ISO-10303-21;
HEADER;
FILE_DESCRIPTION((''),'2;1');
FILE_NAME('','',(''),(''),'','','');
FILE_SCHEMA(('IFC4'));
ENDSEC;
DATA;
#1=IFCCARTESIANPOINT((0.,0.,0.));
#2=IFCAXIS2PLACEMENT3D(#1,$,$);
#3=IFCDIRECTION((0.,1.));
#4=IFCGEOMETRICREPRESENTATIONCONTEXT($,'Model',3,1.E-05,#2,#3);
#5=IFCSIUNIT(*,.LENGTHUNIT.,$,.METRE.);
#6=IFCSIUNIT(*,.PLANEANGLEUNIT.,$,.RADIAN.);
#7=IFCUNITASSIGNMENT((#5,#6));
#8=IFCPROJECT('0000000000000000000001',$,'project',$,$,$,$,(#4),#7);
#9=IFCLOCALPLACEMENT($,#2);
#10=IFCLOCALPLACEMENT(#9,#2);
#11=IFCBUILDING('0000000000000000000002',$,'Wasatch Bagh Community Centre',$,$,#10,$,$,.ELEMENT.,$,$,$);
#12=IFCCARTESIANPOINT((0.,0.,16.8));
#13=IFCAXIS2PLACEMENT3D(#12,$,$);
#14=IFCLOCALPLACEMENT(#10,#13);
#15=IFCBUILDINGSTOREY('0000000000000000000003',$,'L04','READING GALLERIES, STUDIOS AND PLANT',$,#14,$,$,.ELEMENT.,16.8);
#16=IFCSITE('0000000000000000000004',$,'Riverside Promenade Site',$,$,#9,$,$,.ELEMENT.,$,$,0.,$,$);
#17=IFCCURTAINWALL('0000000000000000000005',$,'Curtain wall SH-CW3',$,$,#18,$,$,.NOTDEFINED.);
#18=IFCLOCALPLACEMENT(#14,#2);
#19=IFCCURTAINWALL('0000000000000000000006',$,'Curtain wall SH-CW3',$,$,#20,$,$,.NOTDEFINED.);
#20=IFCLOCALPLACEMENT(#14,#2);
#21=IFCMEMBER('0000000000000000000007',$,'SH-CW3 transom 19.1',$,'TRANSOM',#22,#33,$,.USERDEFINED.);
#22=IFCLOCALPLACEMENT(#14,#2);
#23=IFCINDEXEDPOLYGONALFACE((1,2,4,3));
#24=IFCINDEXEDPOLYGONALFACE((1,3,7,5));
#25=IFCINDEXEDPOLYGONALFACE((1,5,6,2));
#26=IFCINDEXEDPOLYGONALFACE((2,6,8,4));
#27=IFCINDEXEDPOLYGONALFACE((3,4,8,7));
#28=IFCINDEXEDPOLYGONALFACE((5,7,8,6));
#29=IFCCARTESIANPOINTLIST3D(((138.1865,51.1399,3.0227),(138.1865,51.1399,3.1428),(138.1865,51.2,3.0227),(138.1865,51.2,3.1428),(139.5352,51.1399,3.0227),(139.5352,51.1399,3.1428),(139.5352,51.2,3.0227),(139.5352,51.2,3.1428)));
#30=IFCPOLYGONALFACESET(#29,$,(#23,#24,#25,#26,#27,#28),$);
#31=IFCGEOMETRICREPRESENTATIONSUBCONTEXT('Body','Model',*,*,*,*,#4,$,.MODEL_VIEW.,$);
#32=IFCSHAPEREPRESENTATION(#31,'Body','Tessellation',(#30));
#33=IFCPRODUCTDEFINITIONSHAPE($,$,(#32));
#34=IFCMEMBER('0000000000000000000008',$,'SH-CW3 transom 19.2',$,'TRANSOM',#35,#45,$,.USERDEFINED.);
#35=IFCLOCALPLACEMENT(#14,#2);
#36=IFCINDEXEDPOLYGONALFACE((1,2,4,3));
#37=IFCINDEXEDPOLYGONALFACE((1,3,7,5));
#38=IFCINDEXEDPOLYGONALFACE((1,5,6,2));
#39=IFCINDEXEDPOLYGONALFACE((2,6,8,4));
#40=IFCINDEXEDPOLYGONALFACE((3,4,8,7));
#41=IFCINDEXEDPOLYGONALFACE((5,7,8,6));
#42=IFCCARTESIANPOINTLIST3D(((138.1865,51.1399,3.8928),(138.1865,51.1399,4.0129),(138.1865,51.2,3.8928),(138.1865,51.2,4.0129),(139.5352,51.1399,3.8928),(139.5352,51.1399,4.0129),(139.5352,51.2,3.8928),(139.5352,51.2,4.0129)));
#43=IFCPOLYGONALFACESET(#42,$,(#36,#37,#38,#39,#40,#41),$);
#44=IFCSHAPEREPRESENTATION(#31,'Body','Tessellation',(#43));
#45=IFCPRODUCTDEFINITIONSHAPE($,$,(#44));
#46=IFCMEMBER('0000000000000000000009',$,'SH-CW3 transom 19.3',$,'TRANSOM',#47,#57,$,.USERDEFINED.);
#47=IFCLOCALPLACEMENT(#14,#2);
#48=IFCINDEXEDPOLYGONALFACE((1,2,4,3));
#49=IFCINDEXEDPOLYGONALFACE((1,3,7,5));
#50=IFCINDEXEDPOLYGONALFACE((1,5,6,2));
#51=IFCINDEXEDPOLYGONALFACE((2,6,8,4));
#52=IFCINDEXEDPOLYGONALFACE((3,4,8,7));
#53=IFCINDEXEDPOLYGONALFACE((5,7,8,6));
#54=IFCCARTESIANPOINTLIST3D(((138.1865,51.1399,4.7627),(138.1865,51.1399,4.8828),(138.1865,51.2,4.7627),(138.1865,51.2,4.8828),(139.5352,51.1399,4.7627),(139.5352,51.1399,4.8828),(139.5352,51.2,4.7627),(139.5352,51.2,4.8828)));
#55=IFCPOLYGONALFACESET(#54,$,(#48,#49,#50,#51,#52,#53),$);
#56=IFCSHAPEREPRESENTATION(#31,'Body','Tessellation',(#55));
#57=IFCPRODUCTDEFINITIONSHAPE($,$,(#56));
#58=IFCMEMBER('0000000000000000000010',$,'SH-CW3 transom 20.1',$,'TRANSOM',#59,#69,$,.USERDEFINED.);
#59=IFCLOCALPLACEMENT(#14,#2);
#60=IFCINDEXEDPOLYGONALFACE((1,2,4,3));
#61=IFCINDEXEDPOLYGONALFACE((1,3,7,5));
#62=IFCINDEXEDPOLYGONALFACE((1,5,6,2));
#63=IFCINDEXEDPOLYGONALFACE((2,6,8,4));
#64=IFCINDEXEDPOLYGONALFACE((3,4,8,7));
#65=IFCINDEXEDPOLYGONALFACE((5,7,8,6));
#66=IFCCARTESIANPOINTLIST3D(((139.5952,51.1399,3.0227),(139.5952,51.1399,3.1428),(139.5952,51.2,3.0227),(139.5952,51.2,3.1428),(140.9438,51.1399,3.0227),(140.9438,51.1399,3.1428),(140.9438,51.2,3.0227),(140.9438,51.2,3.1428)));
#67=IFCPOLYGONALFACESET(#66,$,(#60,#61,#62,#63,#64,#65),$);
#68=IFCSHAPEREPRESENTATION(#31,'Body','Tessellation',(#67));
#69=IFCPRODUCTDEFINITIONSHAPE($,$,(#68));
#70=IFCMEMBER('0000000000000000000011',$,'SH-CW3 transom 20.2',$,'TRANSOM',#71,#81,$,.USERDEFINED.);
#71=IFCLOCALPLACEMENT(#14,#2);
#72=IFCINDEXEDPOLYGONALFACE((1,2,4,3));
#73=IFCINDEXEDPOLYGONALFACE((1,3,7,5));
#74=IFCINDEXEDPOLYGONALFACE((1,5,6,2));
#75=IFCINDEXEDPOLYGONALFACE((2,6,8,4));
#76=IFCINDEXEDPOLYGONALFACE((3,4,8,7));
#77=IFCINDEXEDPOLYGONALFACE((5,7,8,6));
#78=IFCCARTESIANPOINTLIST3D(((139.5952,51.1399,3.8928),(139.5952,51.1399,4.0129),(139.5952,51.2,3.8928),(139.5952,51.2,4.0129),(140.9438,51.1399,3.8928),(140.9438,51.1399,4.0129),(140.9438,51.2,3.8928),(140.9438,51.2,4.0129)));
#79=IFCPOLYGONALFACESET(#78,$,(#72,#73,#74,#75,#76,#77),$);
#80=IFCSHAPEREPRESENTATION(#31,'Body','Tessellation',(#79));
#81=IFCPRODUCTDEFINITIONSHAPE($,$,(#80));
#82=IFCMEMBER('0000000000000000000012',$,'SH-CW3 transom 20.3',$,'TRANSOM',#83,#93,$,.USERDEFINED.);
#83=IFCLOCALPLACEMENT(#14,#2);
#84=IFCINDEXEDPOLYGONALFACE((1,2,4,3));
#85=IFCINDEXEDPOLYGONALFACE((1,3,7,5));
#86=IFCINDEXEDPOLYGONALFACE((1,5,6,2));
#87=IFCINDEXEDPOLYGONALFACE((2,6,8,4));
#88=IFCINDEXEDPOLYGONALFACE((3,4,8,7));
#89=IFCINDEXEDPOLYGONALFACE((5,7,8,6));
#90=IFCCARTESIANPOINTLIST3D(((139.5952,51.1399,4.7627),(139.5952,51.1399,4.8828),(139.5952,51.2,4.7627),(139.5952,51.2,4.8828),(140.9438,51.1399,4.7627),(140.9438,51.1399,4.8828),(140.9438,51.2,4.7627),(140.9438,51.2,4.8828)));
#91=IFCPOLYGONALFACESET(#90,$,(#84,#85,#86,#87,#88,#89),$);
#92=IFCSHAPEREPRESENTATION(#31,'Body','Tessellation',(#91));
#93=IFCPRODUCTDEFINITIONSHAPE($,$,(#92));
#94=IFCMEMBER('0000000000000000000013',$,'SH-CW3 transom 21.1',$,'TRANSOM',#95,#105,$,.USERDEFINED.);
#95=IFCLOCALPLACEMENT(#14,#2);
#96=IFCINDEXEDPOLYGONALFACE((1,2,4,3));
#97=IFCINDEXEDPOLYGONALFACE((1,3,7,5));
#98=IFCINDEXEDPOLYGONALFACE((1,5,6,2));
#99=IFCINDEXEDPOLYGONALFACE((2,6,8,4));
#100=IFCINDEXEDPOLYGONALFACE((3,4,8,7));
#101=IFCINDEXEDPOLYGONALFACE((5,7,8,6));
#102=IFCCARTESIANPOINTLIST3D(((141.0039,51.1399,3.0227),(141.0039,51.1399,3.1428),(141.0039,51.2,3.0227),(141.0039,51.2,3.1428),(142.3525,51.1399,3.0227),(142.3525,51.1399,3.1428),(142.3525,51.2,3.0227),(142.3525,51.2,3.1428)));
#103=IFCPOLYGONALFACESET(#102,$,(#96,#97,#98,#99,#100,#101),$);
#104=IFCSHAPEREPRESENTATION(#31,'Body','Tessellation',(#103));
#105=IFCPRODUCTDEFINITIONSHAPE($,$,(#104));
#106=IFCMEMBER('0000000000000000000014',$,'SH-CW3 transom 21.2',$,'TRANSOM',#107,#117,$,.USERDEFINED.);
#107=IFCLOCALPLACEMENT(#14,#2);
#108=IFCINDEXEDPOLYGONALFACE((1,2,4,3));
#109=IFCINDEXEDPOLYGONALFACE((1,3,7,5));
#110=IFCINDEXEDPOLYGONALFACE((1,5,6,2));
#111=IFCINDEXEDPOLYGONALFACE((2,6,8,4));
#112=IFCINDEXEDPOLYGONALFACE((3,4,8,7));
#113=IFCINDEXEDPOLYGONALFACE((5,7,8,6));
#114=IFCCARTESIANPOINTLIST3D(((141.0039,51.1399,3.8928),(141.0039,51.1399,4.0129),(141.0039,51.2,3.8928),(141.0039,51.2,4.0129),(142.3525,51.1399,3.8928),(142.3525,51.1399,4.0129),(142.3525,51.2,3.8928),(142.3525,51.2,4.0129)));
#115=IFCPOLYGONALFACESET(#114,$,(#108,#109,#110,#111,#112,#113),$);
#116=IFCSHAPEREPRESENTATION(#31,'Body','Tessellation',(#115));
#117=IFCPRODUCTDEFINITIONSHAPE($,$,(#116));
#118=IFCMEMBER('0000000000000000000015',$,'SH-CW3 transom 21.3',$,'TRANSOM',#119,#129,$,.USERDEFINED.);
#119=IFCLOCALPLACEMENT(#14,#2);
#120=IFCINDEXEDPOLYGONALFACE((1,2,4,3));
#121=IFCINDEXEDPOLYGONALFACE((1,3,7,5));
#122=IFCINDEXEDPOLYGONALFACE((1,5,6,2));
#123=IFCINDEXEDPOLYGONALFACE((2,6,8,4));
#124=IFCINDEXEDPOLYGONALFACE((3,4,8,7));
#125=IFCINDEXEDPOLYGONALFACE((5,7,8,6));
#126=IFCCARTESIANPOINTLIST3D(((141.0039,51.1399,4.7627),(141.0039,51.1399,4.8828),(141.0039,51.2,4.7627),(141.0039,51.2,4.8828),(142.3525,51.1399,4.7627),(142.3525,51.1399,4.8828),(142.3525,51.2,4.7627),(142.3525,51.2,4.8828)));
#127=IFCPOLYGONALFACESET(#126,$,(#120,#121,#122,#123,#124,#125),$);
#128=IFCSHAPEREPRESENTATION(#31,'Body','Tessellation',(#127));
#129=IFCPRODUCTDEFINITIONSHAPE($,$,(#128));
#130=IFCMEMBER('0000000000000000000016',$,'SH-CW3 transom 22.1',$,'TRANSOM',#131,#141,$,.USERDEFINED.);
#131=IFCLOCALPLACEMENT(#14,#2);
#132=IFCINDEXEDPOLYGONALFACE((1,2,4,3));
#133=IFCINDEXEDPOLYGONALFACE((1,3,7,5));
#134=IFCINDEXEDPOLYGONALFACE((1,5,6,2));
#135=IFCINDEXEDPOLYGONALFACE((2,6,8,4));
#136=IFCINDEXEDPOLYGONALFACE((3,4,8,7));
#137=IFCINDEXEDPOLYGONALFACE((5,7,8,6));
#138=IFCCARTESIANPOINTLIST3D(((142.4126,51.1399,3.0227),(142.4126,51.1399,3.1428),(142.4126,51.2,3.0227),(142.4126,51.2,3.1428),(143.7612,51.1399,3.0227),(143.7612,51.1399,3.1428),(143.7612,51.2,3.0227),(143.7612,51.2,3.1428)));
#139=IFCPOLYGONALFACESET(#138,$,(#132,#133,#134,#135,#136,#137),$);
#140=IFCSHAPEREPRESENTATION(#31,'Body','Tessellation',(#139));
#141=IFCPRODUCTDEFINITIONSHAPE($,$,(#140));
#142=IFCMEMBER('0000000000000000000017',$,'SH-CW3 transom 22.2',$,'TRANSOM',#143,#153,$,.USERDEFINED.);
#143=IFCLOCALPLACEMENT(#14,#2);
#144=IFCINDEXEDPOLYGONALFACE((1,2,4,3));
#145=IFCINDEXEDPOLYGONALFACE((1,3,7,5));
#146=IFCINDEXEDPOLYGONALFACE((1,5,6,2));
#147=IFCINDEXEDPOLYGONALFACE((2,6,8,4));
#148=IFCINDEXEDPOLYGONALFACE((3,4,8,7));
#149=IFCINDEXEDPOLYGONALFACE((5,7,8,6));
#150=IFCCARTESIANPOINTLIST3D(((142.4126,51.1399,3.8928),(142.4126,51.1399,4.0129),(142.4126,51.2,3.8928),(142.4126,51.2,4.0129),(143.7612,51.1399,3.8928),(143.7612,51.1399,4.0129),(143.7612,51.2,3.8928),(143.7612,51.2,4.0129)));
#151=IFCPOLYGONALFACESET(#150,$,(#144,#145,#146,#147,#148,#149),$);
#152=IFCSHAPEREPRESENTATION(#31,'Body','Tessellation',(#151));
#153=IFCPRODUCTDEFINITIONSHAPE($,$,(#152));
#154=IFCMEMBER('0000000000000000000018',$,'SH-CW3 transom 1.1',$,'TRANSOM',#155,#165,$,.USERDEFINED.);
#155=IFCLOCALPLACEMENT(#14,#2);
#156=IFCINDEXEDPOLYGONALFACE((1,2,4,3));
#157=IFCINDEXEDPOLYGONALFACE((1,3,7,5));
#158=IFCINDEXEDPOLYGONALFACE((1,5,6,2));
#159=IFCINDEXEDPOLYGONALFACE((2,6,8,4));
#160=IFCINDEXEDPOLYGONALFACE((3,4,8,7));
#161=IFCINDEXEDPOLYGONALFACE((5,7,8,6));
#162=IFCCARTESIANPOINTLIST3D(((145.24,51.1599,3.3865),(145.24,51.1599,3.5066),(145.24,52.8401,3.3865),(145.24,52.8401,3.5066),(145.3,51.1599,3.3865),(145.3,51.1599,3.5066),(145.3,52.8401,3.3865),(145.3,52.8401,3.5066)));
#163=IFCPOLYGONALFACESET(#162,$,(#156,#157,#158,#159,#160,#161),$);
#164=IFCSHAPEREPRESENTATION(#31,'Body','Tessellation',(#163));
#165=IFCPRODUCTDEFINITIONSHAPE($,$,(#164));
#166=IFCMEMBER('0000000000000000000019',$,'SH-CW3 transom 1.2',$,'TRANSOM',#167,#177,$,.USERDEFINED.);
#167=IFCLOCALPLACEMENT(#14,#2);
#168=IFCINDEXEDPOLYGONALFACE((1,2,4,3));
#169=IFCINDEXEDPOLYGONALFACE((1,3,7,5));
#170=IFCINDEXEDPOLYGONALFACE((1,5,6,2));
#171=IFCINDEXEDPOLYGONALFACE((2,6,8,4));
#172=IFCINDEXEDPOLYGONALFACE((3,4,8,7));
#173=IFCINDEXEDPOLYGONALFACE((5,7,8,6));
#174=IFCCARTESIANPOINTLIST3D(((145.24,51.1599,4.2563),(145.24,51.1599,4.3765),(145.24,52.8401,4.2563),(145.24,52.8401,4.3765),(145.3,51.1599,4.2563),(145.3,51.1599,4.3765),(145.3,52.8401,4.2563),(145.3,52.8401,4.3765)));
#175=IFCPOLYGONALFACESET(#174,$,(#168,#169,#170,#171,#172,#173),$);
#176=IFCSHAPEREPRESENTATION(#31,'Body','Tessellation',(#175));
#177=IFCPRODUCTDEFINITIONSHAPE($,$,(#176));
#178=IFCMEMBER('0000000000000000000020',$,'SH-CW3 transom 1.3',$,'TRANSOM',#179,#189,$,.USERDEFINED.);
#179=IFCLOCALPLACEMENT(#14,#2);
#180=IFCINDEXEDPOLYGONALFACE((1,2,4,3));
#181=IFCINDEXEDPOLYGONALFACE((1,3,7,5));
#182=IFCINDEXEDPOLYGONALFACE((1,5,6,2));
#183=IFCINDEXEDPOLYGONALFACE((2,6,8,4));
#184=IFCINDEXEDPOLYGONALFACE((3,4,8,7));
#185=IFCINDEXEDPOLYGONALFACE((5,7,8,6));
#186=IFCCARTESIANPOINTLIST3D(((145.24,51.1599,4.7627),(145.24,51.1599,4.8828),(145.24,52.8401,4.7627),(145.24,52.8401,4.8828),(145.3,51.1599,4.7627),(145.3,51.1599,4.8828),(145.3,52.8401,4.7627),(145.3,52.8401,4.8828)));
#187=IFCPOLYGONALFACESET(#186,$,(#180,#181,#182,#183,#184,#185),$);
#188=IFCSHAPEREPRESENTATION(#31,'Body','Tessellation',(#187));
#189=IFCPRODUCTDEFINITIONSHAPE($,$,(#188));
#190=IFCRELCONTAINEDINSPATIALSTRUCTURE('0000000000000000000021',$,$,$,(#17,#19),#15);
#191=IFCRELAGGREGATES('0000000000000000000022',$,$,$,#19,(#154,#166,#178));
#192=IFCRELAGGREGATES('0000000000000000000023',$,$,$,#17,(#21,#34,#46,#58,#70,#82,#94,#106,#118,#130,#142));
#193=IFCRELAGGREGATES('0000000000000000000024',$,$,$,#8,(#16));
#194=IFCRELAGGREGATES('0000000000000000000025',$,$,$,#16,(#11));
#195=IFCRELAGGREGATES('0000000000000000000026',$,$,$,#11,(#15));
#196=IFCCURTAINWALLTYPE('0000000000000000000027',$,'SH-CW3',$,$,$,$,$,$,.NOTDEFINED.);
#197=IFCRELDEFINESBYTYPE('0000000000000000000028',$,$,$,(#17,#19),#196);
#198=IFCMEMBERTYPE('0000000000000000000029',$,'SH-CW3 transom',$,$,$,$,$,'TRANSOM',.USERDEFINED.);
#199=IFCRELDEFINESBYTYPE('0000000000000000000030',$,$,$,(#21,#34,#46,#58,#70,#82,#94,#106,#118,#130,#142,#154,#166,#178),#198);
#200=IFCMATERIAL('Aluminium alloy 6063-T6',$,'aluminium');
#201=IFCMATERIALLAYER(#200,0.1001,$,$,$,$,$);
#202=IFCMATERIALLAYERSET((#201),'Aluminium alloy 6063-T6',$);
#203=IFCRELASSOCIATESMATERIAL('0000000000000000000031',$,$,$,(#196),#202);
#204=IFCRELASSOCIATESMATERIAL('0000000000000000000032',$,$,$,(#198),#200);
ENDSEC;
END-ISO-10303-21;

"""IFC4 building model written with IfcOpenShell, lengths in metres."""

from ifc_helpers import new_model, si_unit, direction, frame, origin, origin_2d, place, context, subcontext, project, spatial, rectangle, extrude, material, layer, layer_set, material_profile, profile_set, type_object, element, aggregate, save


model = new_model("IFC4")

# Units and contexts
model_context = context("Model", 3, precision=1e-05, world=origin(), true_north=direction((0.0, 1.0)))
body_context = subcontext(model_context, "Body", "Model", "MODEL_VIEW")
ifc_project = project(units=[si_unit("LENGTHUNIT", "METRE"), si_unit("PLANEANGLEUNIT", "RADIAN")], contexts=[model_context])

# Site, building, storey
site_placement = place(None, origin())
site = spatial("IfcSite", under=ifc_project, at=site_placement, Name="Riverside Promenade Site", CompositionType="ELEMENT", RefElevation=0.0)
building_placement = place(site_placement, origin())
building = spatial("IfcBuilding", under=site, at=building_placement, Name="Wasatch Bagh Community Centre", CompositionType="ELEMENT")
storey_placement = place(building_placement, frame((0.0, 0.0, 16.8)))
storey = spatial("IfcBuildingStorey", under=building, at=storey_placement, Name="L04", Description="READING GALLERIES, STUDIOS AND PLANT", CompositionType="ELEMENT", Elevation=16.8)

# Curtain wall
ifc_material_1 = material(Name="Aluminium alloy 6063-T6", Category="aluminium")
ifc_layer_1 = layer(ifc_material_1, 0.1001)
ifc_layer_set_1 = layer_set([ifc_layer_1], Name="Aluminium alloy 6063-T6")
curtain_wall_type = type_object("IfcCurtainWallType", Name="SH-CW3", PredefinedType="NOTDEFINED", material=ifc_layer_set_1)
curtain_wall_1_placement = place(storey_placement, origin())
curtain_wall_1 = element("IfcCurtainWall", 1, at=curtain_wall_1_placement, inside=storey, type_object=curtain_wall_type, Name="Curtain wall SH-CW3", PredefinedType="NOTDEFINED")

# Curtain wall
curtain_wall_2_placement = place(storey_placement, origin())
curtain_wall_2 = element("IfcCurtainWall", 2, at=curtain_wall_2_placement, inside=storey, type_object=curtain_wall_type, Name="Curtain wall SH-CW3", PredefinedType="NOTDEFINED")

# Members
ifc_material_profile_1 = material_profile(ifc_material_1, rectangle(XDim=0.0601, YDim=0.1201, at=origin_2d()), Name="AL 60x120")
ifc_profile_set_1 = profile_set([ifc_material_profile_1], Name="Aluminium alloy 6063-T6")
member_type_1 = type_object("IfcMemberType", Name="SH-CW3 transom", ElementType="TRANSOM", PredefinedType="USERDEFINED", material=ifc_profile_set_1)
member_1_placement = place(storey_placement, frame((138.1865, 51.1699, 3.0828), z_axis=(1.0, 0.0, 0.0), x_axis=(0.0, 1.0, 0.0)))
member_1 = element("IfcMember", 3, at=member_1_placement, type_object=member_type_1, Name="SH-CW3 transom 19.1", ObjectType="TRANSOM", PredefinedType="USERDEFINED", context=body_context, shape_type="SweptSolid", body=[
    extrude(rectangle(XDim=0.0601, YDim=0.1201, at=origin_2d()), origin(), (0.0, 0.0, 1.0), 1.3486),
])
member_2_placement = place(storey_placement, frame((138.1865, 51.1699, 3.9529), z_axis=(1.0, 0.0, 0.0), x_axis=(0.0, 1.0, 0.0)))
member_2 = element("IfcMember", 4, at=member_2_placement, type_object=member_type_1, Name="SH-CW3 transom 19.2", ObjectType="TRANSOM", PredefinedType="USERDEFINED", context=body_context, shape_type="SweptSolid", body=[
    extrude(rectangle(XDim=0.0601, YDim=0.1201, at=origin_2d()), origin(), (0.0, 0.0, 1.0), 1.3486),
])
member_3_placement = place(storey_placement, frame((138.1865, 51.1699, 4.8228), z_axis=(1.0, 0.0, 0.0), x_axis=(0.0, 1.0, 0.0)))
member_3 = element("IfcMember", 5, at=member_3_placement, type_object=member_type_1, Name="SH-CW3 transom 19.3", ObjectType="TRANSOM", PredefinedType="USERDEFINED", context=body_context, shape_type="SweptSolid", body=[
    extrude(rectangle(XDim=0.0601, YDim=0.1201, at=origin_2d()), origin(), (0.0, 0.0, 1.0), 1.3486),
])
member_4_placement = place(storey_placement, frame((139.5952, 51.1699, 3.0828), z_axis=(1.0, 0.0, 0.0), x_axis=(0.0, 1.0, 0.0)))
member_4 = element("IfcMember", 6, at=member_4_placement, type_object=member_type_1, Name="SH-CW3 transom 20.1", ObjectType="TRANSOM", PredefinedType="USERDEFINED", context=body_context, shape_type="SweptSolid", body=[
    extrude(rectangle(XDim=0.0601, YDim=0.1201, at=origin_2d()), origin(), (0.0, 0.0, 1.0), 1.3486),
])
member_5_placement = place(storey_placement, frame((139.5952, 51.1699, 3.9529), z_axis=(1.0, 0.0, 0.0), x_axis=(0.0, 1.0, 0.0)))
member_5 = element("IfcMember", 7, at=member_5_placement, type_object=member_type_1, Name="SH-CW3 transom 20.2", ObjectType="TRANSOM", PredefinedType="USERDEFINED", context=body_context, shape_type="SweptSolid", body=[
    extrude(rectangle(XDim=0.0601, YDim=0.1201, at=origin_2d()), origin(), (0.0, 0.0, 1.0), 1.3486),
])
member_6_placement = place(storey_placement, frame((139.5952, 51.1699, 4.8228), z_axis=(1.0, 0.0, 0.0), x_axis=(0.0, 1.0, 0.0)))
member_6 = element("IfcMember", 8, at=member_6_placement, type_object=member_type_1, Name="SH-CW3 transom 20.3", ObjectType="TRANSOM", PredefinedType="USERDEFINED", context=body_context, shape_type="SweptSolid", body=[
    extrude(rectangle(XDim=0.0601, YDim=0.1201, at=origin_2d()), origin(), (0.0, 0.0, 1.0), 1.3486),
])
member_7_placement = place(storey_placement, frame((141.0039, 51.1699, 3.0828), z_axis=(1.0, 0.0, 0.0), x_axis=(0.0, 1.0, 0.0)))
member_7 = element("IfcMember", 9, at=member_7_placement, type_object=member_type_1, Name="SH-CW3 transom 21.1", ObjectType="TRANSOM", PredefinedType="USERDEFINED", context=body_context, shape_type="SweptSolid", body=[
    extrude(rectangle(XDim=0.0601, YDim=0.1201, at=origin_2d()), origin(), (0.0, 0.0, 1.0), 1.3486),
])
member_8_placement = place(storey_placement, frame((141.0039, 51.1699, 3.9529), z_axis=(1.0, 0.0, 0.0), x_axis=(0.0, 1.0, 0.0)))
member_8 = element("IfcMember", 10, at=member_8_placement, type_object=member_type_1, Name="SH-CW3 transom 21.2", ObjectType="TRANSOM", PredefinedType="USERDEFINED", context=body_context, shape_type="SweptSolid", body=[
    extrude(rectangle(XDim=0.0601, YDim=0.1201, at=origin_2d()), origin(), (0.0, 0.0, 1.0), 1.3486),
])
member_9_placement = place(storey_placement, frame((141.0039, 51.1699, 4.8228), z_axis=(1.0, 0.0, 0.0), x_axis=(0.0, 1.0, 0.0)))
member_9 = element("IfcMember", 11, at=member_9_placement, type_object=member_type_1, Name="SH-CW3 transom 21.3", ObjectType="TRANSOM", PredefinedType="USERDEFINED", context=body_context, shape_type="SweptSolid", body=[
    extrude(rectangle(XDim=0.0601, YDim=0.1201, at=origin_2d()), origin(), (0.0, 0.0, 1.0), 1.3486),
])
member_10_placement = place(storey_placement, frame((142.4126, 51.1699, 3.0828), z_axis=(1.0, 0.0, 0.0), x_axis=(0.0, 1.0, 0.0)))
member_10 = element("IfcMember", 12, at=member_10_placement, type_object=member_type_1, Name="SH-CW3 transom 22.1", ObjectType="TRANSOM", PredefinedType="USERDEFINED", context=body_context, shape_type="SweptSolid", body=[
    extrude(rectangle(XDim=0.0601, YDim=0.1201, at=origin_2d()), origin(), (0.0, 0.0, 1.0), 1.3486),
])
member_11_placement = place(storey_placement, frame((142.4126, 51.1699, 3.9529), z_axis=(1.0, 0.0, 0.0), x_axis=(0.0, 1.0, 0.0)))
member_11 = element("IfcMember", 13, at=member_11_placement, type_object=member_type_1, Name="SH-CW3 transom 22.2", ObjectType="TRANSOM", PredefinedType="USERDEFINED", context=body_context, shape_type="SweptSolid", body=[
    extrude(rectangle(XDim=0.0601, YDim=0.1201, at=origin_2d()), origin(), (0.0, 0.0, 1.0), 1.3486),
])
member_12_placement = place(storey_placement, frame((145.27, 51.1599, 3.4465), z_axis=(0.0, 1.0, 0.0), x_axis=(-1.0, 0.0, 0.0)))
member_12 = element("IfcMember", 14, at=member_12_placement, type_object=member_type_1, Name="SH-CW3 transom 1.1", ObjectType="TRANSOM", PredefinedType="USERDEFINED", context=body_context, shape_type="SweptSolid", body=[
    extrude(rectangle(XDim=0.0601, YDim=0.1201, at=origin_2d()), origin(), (0.0, 0.0, 1.0), 1.6802),
])
member_13_placement = place(storey_placement, frame((145.27, 51.1599, 4.3164), z_axis=(0.0, 1.0, 0.0), x_axis=(-1.0, 0.0, 0.0)))
member_13 = element("IfcMember", 15, at=member_13_placement, type_object=member_type_1, Name="SH-CW3 transom 1.2", ObjectType="TRANSOM", PredefinedType="USERDEFINED", context=body_context, shape_type="SweptSolid", body=[
    extrude(rectangle(XDim=0.0601, YDim=0.1201, at=origin_2d()), origin(), (0.0, 0.0, 1.0), 1.6802),
])
member_14_placement = place(storey_placement, frame((145.27, 51.1599, 4.8228), z_axis=(0.0, 1.0, 0.0), x_axis=(-1.0, 0.0, 0.0)))
member_14 = element("IfcMember", 16, at=member_14_placement, type_object=member_type_1, Name="SH-CW3 transom 1.3", ObjectType="TRANSOM", PredefinedType="USERDEFINED", context=body_context, shape_type="SweptSolid", body=[
    extrude(rectangle(XDim=0.0601, YDim=0.1201, at=origin_2d()), origin(), (0.0, 0.0, 1.0), 1.6802),
])
aggregate(curtain_wall_2, [member_12, member_13, member_14])

aggregate(curtain_wall_1, [member_1, member_2, member_3, member_4, member_5, member_6, member_7, member_8, member_9, member_10, member_11])

save(model, "model.ifc")
